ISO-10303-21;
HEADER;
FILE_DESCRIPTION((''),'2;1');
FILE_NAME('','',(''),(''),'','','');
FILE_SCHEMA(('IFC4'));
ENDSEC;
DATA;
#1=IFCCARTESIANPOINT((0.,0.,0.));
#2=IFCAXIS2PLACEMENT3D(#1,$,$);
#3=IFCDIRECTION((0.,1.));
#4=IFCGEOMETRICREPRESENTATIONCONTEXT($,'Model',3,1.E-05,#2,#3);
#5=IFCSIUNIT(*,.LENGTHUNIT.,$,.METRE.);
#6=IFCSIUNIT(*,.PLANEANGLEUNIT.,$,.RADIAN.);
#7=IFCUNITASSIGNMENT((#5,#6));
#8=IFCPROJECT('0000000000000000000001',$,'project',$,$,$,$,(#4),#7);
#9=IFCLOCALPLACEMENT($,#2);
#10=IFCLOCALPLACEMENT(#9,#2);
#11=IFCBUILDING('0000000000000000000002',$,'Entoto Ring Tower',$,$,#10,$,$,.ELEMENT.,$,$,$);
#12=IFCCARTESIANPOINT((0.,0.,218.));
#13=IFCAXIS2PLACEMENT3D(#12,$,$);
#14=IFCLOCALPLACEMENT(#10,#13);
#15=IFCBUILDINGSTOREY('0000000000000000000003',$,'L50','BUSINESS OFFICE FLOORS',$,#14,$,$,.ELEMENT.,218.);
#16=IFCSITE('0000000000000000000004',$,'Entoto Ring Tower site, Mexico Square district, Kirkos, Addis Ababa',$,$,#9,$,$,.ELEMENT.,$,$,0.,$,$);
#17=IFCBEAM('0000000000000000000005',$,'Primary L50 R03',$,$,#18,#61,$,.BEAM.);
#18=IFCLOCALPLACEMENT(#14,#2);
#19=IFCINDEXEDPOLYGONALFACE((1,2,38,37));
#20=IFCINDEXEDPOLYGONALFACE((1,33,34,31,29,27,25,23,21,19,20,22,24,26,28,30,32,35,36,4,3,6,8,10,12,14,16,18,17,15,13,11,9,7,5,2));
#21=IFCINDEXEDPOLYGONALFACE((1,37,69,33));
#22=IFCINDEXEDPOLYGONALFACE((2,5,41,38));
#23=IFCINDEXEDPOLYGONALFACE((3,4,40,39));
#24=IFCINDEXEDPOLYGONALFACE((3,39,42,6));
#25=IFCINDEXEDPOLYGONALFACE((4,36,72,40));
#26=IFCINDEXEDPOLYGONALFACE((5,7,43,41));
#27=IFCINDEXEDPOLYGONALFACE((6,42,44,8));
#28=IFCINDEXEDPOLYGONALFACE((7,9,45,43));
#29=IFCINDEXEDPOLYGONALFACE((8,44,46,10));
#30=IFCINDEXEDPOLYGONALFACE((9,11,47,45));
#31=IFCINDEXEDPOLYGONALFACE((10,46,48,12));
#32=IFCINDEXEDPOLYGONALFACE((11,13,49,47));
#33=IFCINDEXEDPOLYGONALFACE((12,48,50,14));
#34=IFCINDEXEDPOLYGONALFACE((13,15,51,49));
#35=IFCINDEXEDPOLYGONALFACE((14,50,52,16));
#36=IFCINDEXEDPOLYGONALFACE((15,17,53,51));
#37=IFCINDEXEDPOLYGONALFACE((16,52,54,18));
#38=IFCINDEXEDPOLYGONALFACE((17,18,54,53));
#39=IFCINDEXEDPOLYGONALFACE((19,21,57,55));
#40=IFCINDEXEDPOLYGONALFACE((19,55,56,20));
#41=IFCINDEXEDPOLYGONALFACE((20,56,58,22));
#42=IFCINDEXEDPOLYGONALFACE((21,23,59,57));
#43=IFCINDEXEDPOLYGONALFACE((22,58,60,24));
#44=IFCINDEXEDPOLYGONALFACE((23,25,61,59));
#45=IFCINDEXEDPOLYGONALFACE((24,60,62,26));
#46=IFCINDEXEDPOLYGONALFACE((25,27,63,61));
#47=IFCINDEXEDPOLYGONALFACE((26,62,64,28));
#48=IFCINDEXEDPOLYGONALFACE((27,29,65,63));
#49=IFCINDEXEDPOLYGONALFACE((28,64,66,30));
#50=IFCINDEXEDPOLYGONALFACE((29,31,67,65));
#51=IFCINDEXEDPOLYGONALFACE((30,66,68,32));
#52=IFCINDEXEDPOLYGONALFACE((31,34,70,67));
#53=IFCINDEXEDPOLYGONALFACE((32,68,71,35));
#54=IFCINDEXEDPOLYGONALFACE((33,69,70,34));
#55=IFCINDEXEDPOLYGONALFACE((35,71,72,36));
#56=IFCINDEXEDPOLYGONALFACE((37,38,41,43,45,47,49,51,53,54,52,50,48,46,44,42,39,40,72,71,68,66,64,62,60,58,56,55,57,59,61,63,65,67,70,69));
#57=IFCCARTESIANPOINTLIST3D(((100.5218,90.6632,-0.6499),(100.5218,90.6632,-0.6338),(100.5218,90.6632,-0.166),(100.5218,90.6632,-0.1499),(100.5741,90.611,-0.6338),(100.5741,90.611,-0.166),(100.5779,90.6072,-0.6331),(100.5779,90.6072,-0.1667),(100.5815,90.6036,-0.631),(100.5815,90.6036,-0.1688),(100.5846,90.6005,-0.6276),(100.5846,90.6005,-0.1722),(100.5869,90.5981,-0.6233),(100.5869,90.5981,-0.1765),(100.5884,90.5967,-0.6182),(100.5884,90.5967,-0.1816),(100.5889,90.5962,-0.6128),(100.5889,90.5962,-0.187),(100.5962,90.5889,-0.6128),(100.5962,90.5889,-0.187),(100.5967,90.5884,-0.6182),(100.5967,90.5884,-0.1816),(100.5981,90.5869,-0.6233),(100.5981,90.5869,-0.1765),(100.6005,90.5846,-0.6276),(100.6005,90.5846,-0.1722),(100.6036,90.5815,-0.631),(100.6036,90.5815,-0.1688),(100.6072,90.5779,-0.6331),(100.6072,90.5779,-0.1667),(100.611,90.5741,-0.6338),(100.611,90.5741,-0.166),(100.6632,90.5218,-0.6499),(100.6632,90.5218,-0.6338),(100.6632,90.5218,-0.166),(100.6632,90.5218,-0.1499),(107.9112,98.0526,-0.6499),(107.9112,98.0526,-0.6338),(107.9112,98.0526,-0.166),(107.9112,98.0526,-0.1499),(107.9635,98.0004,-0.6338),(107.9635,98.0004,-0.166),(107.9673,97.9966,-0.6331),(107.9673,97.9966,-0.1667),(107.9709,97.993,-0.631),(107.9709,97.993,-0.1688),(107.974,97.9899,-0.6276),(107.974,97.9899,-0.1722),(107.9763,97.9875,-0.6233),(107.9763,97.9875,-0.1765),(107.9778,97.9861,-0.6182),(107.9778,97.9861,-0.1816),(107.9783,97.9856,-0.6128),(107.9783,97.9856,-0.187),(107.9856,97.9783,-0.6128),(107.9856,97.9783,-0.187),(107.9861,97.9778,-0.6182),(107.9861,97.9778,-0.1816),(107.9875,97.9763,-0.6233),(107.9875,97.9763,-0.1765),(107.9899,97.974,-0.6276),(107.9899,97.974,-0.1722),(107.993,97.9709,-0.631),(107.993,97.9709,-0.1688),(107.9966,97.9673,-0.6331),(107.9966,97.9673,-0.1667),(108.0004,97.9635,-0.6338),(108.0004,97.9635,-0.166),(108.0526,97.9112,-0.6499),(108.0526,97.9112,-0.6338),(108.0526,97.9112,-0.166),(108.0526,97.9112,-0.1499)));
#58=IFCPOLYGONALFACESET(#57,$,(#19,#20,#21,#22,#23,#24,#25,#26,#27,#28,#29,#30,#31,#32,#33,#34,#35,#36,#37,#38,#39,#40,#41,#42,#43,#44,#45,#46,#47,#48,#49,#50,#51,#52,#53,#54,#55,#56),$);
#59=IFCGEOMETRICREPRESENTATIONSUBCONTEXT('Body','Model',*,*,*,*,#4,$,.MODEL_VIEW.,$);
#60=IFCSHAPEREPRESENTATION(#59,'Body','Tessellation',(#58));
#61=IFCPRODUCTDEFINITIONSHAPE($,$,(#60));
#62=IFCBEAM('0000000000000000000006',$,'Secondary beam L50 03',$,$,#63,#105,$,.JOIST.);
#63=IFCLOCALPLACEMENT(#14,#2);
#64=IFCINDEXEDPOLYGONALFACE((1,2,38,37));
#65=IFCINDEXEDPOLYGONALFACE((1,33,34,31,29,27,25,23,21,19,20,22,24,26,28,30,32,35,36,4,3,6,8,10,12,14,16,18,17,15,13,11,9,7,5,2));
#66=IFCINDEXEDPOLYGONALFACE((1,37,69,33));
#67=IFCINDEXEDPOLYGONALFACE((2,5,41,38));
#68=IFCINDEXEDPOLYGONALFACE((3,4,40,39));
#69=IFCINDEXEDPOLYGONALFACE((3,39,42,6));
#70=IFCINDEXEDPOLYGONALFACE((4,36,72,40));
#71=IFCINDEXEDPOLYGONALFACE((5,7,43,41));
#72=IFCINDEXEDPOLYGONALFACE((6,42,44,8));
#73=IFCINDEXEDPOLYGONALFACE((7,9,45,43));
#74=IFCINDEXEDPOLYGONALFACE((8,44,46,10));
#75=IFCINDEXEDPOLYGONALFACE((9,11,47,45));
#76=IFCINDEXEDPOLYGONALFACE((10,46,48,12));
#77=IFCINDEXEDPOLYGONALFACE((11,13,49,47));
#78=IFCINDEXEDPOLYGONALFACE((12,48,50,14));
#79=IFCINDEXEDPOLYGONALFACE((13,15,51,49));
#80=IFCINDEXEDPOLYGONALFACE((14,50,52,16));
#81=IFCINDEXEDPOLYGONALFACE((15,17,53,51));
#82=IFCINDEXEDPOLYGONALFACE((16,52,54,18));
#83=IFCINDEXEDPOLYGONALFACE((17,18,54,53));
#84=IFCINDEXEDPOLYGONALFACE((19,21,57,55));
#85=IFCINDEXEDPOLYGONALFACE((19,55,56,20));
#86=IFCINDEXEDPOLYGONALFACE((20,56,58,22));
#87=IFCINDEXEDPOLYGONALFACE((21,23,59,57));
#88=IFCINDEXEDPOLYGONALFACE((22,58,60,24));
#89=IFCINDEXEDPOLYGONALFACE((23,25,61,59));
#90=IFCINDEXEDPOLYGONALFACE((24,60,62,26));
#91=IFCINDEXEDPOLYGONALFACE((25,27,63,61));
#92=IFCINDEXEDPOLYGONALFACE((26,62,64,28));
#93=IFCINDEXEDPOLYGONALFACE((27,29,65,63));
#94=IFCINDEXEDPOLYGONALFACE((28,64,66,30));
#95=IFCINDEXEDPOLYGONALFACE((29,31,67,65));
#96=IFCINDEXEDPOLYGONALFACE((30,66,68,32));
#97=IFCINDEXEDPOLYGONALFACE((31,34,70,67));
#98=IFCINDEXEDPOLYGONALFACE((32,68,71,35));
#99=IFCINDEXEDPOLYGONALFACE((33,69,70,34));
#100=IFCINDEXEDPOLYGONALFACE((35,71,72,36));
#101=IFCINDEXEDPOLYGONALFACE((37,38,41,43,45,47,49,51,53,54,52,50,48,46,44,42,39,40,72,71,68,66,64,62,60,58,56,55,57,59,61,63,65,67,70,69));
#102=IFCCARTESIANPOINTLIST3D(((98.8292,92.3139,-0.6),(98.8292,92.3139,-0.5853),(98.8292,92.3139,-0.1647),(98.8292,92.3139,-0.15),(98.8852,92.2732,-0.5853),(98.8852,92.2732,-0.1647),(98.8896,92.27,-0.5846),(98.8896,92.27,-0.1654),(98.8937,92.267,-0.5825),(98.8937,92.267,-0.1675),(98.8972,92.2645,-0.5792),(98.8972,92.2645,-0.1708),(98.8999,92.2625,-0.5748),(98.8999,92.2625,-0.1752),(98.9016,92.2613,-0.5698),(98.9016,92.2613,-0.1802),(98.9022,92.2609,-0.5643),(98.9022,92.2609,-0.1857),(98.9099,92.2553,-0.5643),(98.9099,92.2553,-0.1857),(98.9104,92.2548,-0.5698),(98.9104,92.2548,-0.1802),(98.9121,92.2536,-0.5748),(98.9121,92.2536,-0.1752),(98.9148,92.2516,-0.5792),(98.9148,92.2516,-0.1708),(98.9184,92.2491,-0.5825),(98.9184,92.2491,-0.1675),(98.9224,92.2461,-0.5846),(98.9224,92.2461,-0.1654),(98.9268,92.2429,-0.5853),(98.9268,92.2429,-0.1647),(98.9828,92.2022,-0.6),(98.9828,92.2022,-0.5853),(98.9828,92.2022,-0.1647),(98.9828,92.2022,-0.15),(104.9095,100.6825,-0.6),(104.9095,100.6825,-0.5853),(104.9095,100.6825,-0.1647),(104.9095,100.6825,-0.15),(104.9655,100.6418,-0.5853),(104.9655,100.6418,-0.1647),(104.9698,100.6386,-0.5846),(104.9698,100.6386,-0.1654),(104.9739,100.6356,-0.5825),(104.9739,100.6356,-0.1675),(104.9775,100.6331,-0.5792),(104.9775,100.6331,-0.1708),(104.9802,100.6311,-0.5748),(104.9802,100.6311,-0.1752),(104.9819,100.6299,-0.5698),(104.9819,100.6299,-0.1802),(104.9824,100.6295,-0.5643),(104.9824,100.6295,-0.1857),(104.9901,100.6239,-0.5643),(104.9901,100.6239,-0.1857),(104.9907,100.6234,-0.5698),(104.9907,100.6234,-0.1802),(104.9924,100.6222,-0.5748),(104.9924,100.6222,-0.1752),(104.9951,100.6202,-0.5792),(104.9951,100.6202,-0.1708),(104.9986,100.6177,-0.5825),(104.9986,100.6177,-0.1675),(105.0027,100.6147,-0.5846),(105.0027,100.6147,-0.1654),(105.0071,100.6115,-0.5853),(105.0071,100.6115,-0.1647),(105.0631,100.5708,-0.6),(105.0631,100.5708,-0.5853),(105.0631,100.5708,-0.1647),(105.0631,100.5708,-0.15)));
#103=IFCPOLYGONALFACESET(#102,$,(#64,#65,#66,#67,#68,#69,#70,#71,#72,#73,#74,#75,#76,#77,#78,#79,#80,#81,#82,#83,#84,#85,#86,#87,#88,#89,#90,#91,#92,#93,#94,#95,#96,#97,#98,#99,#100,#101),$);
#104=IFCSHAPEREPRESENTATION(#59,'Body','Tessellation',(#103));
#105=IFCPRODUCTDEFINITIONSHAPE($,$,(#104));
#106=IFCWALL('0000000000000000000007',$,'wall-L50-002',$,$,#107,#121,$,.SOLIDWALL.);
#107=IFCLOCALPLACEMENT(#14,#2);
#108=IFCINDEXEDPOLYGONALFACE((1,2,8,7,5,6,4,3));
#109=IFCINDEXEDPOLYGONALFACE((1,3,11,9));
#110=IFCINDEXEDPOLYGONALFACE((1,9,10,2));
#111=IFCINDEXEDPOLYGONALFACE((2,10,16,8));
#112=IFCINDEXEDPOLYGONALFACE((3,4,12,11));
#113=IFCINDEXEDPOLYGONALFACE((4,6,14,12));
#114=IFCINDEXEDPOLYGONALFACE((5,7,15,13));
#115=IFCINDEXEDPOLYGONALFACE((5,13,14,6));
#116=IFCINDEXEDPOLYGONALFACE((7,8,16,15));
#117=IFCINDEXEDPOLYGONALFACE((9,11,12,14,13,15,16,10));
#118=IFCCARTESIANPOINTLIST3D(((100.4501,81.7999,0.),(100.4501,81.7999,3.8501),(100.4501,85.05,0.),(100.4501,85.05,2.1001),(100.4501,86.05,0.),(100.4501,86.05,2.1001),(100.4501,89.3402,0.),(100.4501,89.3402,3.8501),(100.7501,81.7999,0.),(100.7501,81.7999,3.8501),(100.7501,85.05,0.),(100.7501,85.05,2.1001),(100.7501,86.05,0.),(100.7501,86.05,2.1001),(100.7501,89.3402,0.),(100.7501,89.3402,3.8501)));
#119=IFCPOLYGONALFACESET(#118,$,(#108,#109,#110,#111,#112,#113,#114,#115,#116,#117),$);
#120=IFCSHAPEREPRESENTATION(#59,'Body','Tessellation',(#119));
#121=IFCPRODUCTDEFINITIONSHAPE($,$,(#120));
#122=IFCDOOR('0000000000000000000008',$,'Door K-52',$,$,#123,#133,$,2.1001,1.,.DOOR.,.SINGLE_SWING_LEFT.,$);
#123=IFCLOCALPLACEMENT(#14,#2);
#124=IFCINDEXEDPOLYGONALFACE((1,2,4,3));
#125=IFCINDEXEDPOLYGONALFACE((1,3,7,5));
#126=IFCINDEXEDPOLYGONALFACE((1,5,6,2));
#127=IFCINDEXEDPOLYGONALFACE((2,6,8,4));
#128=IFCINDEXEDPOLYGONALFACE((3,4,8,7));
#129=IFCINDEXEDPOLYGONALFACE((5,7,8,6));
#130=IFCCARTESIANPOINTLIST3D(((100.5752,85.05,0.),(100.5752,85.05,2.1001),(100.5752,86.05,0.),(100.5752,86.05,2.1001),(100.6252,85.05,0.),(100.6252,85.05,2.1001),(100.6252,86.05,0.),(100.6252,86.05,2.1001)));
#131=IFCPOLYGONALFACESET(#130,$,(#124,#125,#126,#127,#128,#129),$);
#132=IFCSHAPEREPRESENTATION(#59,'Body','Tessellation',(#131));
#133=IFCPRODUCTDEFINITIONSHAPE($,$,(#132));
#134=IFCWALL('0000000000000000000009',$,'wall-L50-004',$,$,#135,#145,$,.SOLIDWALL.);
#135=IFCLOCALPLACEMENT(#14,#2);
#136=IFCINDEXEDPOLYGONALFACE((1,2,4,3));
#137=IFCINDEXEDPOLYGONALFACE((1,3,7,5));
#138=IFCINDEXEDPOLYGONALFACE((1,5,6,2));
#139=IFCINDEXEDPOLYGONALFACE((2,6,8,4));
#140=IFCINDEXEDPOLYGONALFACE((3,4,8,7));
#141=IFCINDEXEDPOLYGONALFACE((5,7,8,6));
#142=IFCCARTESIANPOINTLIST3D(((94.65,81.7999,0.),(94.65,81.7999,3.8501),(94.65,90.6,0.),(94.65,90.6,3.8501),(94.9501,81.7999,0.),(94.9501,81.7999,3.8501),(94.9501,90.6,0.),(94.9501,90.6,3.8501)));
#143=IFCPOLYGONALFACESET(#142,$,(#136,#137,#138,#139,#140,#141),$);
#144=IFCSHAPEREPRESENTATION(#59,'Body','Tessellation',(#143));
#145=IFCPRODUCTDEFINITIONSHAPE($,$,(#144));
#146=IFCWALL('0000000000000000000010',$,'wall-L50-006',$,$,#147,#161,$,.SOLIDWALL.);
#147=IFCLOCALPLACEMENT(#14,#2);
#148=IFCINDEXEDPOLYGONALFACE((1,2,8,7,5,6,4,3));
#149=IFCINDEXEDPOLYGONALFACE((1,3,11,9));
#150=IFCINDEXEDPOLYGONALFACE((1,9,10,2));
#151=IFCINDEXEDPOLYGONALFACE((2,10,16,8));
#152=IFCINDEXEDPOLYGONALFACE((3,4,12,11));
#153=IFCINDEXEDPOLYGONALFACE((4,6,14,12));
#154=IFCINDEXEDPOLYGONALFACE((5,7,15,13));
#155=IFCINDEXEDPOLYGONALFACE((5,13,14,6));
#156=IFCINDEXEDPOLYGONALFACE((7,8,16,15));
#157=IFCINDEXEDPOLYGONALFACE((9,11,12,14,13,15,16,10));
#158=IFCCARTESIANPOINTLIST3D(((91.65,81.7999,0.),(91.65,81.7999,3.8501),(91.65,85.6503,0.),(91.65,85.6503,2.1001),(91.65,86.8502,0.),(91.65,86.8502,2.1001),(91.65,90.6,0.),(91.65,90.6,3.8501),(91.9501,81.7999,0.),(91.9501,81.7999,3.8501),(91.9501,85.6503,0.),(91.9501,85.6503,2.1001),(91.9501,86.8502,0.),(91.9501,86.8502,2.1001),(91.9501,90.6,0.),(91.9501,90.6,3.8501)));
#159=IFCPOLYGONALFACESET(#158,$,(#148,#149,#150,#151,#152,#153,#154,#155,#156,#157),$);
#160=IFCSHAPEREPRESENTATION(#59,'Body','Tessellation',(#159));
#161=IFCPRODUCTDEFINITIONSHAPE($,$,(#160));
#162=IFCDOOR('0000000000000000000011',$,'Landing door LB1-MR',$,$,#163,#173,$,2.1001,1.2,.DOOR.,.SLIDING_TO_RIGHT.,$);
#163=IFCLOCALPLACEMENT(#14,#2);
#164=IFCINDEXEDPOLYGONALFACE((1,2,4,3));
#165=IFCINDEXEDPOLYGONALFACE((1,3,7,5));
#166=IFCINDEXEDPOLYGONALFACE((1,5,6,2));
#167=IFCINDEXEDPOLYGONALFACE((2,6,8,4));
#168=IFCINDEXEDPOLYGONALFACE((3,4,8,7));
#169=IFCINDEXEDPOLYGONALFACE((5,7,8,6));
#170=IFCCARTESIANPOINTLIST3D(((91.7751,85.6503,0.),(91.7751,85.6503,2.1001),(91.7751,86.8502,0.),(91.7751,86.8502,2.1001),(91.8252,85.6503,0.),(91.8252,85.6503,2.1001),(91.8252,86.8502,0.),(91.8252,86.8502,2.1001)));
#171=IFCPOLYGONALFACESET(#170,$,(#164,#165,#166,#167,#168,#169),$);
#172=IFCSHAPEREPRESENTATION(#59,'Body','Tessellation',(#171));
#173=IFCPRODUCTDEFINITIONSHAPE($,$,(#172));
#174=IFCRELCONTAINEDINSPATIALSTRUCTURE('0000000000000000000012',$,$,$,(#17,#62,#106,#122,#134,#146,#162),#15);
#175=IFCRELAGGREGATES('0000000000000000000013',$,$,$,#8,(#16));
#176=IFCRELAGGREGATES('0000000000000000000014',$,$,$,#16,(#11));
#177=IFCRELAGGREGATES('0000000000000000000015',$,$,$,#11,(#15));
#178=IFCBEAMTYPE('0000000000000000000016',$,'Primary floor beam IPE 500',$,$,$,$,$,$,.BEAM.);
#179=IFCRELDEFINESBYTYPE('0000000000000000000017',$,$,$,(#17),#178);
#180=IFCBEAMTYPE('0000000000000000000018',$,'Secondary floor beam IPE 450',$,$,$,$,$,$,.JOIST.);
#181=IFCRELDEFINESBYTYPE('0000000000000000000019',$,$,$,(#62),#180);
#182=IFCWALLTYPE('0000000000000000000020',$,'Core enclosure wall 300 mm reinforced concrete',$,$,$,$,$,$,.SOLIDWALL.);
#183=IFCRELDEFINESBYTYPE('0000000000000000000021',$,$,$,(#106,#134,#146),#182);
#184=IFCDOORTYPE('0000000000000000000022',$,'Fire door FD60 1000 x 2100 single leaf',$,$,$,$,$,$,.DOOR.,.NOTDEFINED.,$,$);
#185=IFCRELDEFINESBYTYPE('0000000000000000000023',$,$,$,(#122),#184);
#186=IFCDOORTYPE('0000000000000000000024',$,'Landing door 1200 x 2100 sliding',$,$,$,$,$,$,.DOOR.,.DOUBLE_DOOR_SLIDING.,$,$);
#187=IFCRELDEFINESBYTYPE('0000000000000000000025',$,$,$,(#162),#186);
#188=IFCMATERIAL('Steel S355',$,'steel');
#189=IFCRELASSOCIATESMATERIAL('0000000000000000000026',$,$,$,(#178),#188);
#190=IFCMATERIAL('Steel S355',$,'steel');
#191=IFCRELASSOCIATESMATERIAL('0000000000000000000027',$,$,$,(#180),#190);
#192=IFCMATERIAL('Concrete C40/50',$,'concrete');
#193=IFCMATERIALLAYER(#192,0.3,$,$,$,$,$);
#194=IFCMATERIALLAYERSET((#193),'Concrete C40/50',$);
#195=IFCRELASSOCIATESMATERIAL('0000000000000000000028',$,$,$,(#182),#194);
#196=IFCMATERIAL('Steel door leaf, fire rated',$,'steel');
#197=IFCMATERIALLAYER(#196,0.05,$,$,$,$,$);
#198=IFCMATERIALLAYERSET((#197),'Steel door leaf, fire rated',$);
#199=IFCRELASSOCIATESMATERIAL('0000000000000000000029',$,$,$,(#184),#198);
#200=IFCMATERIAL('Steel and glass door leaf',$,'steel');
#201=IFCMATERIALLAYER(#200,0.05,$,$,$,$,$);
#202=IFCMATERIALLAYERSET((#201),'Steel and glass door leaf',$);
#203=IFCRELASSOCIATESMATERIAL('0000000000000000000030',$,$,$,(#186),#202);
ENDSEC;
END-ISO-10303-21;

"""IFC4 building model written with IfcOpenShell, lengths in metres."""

from ifc_helpers import new_model, si_unit, direction, frame, frame_2d, origin, origin_2d, place, context, subcontext, project, spatial, rectangle, i_section, extrude, material, layer, layer_set, material_profile, profile_set, type_object, element, fill, save


model = new_model("IFC4")

# Units and contexts
model_context = context("Model", 3, precision=1e-05, world=origin(), true_north=direction((0.0, 1.0)))
body_context = subcontext(model_context, "Body", "Model", "MODEL_VIEW")
ifc_project = project(units=[si_unit("LENGTHUNIT", "METRE"), si_unit("PLANEANGLEUNIT", "RADIAN")], contexts=[model_context])

# Site, building, storey
site_placement = place(None, origin())
site = spatial("IfcSite", under=ifc_project, at=site_placement, Name="Entoto Ring Tower site, Mexico Square district, Kirkos, Addis Ababa", CompositionType="ELEMENT", RefElevation=0.0)
building_placement = place(site_placement, origin())
building = spatial("IfcBuilding", under=site, at=building_placement, Name="Entoto Ring Tower", CompositionType="ELEMENT")
storey_placement = place(building_placement, frame((0.0, 0.0, 218.0)))
storey = spatial("IfcBuildingStorey", under=building, at=storey_placement, Name="L50", Description="BUSINESS OFFICE FLOORS", CompositionType="ELEMENT", Elevation=218.0)

# Beams
ifc_material_1 = material(Name="Steel S355", Category="steel")
ifc_material_profile_1 = material_profile(ifc_material_1, i_section(OverallWidth=0.2, OverallDepth=0.5, WebThickness=0.0103, FlangeThickness=0.0161, FilletRadius=0.021, at=origin_2d()), Name="IPE 500")
ifc_profile_set_1 = profile_set([ifc_material_profile_1], Name="Steel S355")
beam_type_1 = type_object("IfcBeamType", Name="Primary floor beam IPE 500", PredefinedType="BEAM", material=ifc_profile_set_1)
beam_1_placement = place(storey_placement, frame((100.5925, 90.5925, -0.3999), z_axis=(0.707107, 0.707107, 0.0), x_axis=(-0.707107, 0.707107, 0.0)))
element("IfcBeam", 1, at=beam_1_placement, inside=storey, type_object=beam_type_1, Name="Primary L50 R03", PredefinedType="BEAM", context=body_context, shape_type="SweptSolid", body=[
    extrude(i_section(OverallWidth=0.2, OverallDepth=0.5, WebThickness=0.0103, FlangeThickness=0.0161, FilletRadius=0.021, at=origin_2d()), origin(), (0.0, 0.0, 1.0), 10.4502),
])
ifc_material_2 = material(Name="Steel S355", Category="steel")
ifc_material_profile_2 = material_profile(ifc_material_2, i_section(OverallWidth=0.1899, OverallDepth=0.45, WebThickness=0.0095, FlangeThickness=0.0146, FilletRadius=0.021, at=origin_2d()), Name="IPE 450")
ifc_profile_set_2 = profile_set([ifc_material_profile_2], Name="Steel S355")
beam_type_2 = type_object("IfcBeamType", Name="Secondary floor beam IPE 450", PredefinedType="JOIST", material=ifc_profile_set_2)
beam_2_placement = place(storey_placement, frame((98.906, 92.2581, -0.375), z_axis=(0.587794, 0.809011, 0.0), x_axis=(-0.809011, 0.587794, 0.0)))
element("IfcBeam", 2, at=beam_2_placement, inside=storey, type_object=beam_type_2, Name="Secondary beam L50 03", PredefinedType="JOIST", context=body_context, shape_type="SweptSolid", body=[
    extrude(i_section(OverallWidth=0.1899, OverallDepth=0.45, WebThickness=0.0095, FlangeThickness=0.0146, FilletRadius=0.021, at=origin_2d()), origin(), (0.0, 0.0, 1.0), 10.3442),
])

# Wall, opening, door
ifc_material_3 = material(Name="Concrete C40/50", Category="concrete")
ifc_layer_1 = layer(ifc_material_3, 0.3)
ifc_layer_set_1 = layer_set([ifc_layer_1], Name="Concrete C40/50")
wall_type = type_object("IfcWallType", Name="Core enclosure wall 300 mm reinforced concrete", PredefinedType="SOLIDWALL", material=ifc_layer_set_1)
wall_1_placement = place(storey_placement, frame((100.6001, 81.8, 0.0), z_axis=(0.0, 0.0, 1.0), x_axis=(0.0, 1.0, 0.0)))
wall_1 = element("IfcWall", 3, at=wall_1_placement, inside=storey, type_object=wall_type, Name="wall-L50-002", PredefinedType="SOLIDWALL", context=body_context, shape_type="SweptSolid", body=[
    extrude(rectangle(XDim=7.5403, YDim=0.3, at=frame_2d((3.77, 0.0))), origin(), (0.0, 0.0, 1.0), 3.8501),
])
opening_1_placement = place(wall_1_placement, frame((3.25, 0.0, 0.0)))
opening_1 = element("IfcOpeningElement", 4, at=opening_1_placement, cuts=wall_1, PredefinedType="OPENING", context=body_context, shape_type="SweptSolid", body=[
    extrude(rectangle(XDim=1.0, YDim=2.1001, at=frame_2d((0.5, 1.05))), frame((0.0, 0.1602, 0.0), z_axis=(0.0, -1.0, 0.0), x_axis=(1.0, 0.0, 0.0)), (0.0, 0.0, 1.0), 0.3201),
])
ifc_material_4 = material(Name="Steel door leaf, fire rated", Category="steel")
ifc_layer_2 = layer(ifc_material_4, 0.05)
ifc_layer_set_2 = layer_set([ifc_layer_2], Name="Steel door leaf, fire rated")
door_type_1 = type_object("IfcDoorType", Name="Fire door FD60 1000 x 2100 single leaf", OperationType="NOTDEFINED", PredefinedType="DOOR", material=ifc_layer_set_2)
door_1_placement = place(opening_1_placement, origin())
door_1 = element("IfcDoor", 5, at=door_1_placement, inside=storey, type_object=door_type_1, Name="Door K-52", OperationType="SINGLE_SWING_LEFT", OverallHeight=2.1001, OverallWidth=1.0, PredefinedType="DOOR", context=body_context, shape_type="SweptSolid", body=[
    extrude(rectangle(XDim=1.0, YDim=2.1001, at=frame_2d((0.5, 1.05))), frame((0.0, 0.0249, 0.0), z_axis=(0.0, -1.0, 0.0), x_axis=(1.0, 0.0, 0.0)), (0.0, 0.0, 1.0), 0.05),
])
fill(opening_1, door_1)

# Wall
wall_2_placement = place(storey_placement, frame((94.8, 81.8, 0.0), z_axis=(0.0, 0.0, 1.0), x_axis=(0.0, 1.0, 0.0)))
element("IfcWall", 6, at=wall_2_placement, inside=storey, type_object=wall_type, Name="wall-L50-004", PredefinedType="SOLIDWALL", context=body_context, shape_type="SweptSolid", body=[
    extrude(rectangle(XDim=8.8, YDim=0.3, at=frame_2d((4.3999, 0.0))), origin(), (0.0, 0.0, 1.0), 3.8501),
])

# Wall, opening, door
wall_3_placement = place(storey_placement, frame((91.8, 81.8, 0.0), z_axis=(0.0, 0.0, 1.0), x_axis=(0.0, 1.0, 0.0)))
wall_3 = element("IfcWall", 7, at=wall_3_placement, inside=storey, type_object=wall_type, Name="wall-L50-006", PredefinedType="SOLIDWALL", context=body_context, shape_type="SweptSolid", body=[
    extrude(rectangle(XDim=8.8, YDim=0.3, at=frame_2d((4.3999, 0.0))), origin(), (0.0, 0.0, 1.0), 3.8501),
])
opening_2_placement = place(wall_3_placement, frame((3.8501, 0.0, 0.0)))
opening_2 = element("IfcOpeningElement", 8, at=opening_2_placement, cuts=wall_3, PredefinedType="OPENING", context=body_context, shape_type="SweptSolid", body=[
    extrude(rectangle(XDim=1.2, YDim=2.1001, at=frame_2d((0.6001, 1.05))), frame((0.0, 0.1602, 0.0), z_axis=(0.0, -1.0, 0.0), x_axis=(1.0, 0.0, 0.0)), (0.0, 0.0, 1.0), 0.3201),
])
ifc_material_5 = material(Name="Steel and glass door leaf", Category="steel")
ifc_layer_3 = layer(ifc_material_5, 0.05)
ifc_layer_set_3 = layer_set([ifc_layer_3], Name="Steel and glass door leaf")
door_type_2 = type_object("IfcDoorType", Name="Landing door 1200 x 2100 sliding", OperationType="DOUBLE_DOOR_SLIDING", PredefinedType="DOOR", material=ifc_layer_set_3)
door_2_placement = place(opening_2_placement, origin())
door_2 = element("IfcDoor", 9, at=door_2_placement, inside=storey, type_object=door_type_2, Name="Landing door LB1-MR", OperationType="SLIDING_TO_RIGHT", OverallHeight=2.1001, OverallWidth=1.2, PredefinedType="DOOR", context=body_context, shape_type="SweptSolid", body=[
    extrude(rectangle(XDim=1.2, YDim=2.1001, at=frame_2d((0.6001, 1.05))), frame((0.0, 0.0249, 0.0), z_axis=(0.0, -1.0, 0.0), x_axis=(1.0, 0.0, 0.0)), (0.0, 0.0, 1.0), 0.05),
])
fill(opening_2, door_2)

save(model, "model.ifc")
